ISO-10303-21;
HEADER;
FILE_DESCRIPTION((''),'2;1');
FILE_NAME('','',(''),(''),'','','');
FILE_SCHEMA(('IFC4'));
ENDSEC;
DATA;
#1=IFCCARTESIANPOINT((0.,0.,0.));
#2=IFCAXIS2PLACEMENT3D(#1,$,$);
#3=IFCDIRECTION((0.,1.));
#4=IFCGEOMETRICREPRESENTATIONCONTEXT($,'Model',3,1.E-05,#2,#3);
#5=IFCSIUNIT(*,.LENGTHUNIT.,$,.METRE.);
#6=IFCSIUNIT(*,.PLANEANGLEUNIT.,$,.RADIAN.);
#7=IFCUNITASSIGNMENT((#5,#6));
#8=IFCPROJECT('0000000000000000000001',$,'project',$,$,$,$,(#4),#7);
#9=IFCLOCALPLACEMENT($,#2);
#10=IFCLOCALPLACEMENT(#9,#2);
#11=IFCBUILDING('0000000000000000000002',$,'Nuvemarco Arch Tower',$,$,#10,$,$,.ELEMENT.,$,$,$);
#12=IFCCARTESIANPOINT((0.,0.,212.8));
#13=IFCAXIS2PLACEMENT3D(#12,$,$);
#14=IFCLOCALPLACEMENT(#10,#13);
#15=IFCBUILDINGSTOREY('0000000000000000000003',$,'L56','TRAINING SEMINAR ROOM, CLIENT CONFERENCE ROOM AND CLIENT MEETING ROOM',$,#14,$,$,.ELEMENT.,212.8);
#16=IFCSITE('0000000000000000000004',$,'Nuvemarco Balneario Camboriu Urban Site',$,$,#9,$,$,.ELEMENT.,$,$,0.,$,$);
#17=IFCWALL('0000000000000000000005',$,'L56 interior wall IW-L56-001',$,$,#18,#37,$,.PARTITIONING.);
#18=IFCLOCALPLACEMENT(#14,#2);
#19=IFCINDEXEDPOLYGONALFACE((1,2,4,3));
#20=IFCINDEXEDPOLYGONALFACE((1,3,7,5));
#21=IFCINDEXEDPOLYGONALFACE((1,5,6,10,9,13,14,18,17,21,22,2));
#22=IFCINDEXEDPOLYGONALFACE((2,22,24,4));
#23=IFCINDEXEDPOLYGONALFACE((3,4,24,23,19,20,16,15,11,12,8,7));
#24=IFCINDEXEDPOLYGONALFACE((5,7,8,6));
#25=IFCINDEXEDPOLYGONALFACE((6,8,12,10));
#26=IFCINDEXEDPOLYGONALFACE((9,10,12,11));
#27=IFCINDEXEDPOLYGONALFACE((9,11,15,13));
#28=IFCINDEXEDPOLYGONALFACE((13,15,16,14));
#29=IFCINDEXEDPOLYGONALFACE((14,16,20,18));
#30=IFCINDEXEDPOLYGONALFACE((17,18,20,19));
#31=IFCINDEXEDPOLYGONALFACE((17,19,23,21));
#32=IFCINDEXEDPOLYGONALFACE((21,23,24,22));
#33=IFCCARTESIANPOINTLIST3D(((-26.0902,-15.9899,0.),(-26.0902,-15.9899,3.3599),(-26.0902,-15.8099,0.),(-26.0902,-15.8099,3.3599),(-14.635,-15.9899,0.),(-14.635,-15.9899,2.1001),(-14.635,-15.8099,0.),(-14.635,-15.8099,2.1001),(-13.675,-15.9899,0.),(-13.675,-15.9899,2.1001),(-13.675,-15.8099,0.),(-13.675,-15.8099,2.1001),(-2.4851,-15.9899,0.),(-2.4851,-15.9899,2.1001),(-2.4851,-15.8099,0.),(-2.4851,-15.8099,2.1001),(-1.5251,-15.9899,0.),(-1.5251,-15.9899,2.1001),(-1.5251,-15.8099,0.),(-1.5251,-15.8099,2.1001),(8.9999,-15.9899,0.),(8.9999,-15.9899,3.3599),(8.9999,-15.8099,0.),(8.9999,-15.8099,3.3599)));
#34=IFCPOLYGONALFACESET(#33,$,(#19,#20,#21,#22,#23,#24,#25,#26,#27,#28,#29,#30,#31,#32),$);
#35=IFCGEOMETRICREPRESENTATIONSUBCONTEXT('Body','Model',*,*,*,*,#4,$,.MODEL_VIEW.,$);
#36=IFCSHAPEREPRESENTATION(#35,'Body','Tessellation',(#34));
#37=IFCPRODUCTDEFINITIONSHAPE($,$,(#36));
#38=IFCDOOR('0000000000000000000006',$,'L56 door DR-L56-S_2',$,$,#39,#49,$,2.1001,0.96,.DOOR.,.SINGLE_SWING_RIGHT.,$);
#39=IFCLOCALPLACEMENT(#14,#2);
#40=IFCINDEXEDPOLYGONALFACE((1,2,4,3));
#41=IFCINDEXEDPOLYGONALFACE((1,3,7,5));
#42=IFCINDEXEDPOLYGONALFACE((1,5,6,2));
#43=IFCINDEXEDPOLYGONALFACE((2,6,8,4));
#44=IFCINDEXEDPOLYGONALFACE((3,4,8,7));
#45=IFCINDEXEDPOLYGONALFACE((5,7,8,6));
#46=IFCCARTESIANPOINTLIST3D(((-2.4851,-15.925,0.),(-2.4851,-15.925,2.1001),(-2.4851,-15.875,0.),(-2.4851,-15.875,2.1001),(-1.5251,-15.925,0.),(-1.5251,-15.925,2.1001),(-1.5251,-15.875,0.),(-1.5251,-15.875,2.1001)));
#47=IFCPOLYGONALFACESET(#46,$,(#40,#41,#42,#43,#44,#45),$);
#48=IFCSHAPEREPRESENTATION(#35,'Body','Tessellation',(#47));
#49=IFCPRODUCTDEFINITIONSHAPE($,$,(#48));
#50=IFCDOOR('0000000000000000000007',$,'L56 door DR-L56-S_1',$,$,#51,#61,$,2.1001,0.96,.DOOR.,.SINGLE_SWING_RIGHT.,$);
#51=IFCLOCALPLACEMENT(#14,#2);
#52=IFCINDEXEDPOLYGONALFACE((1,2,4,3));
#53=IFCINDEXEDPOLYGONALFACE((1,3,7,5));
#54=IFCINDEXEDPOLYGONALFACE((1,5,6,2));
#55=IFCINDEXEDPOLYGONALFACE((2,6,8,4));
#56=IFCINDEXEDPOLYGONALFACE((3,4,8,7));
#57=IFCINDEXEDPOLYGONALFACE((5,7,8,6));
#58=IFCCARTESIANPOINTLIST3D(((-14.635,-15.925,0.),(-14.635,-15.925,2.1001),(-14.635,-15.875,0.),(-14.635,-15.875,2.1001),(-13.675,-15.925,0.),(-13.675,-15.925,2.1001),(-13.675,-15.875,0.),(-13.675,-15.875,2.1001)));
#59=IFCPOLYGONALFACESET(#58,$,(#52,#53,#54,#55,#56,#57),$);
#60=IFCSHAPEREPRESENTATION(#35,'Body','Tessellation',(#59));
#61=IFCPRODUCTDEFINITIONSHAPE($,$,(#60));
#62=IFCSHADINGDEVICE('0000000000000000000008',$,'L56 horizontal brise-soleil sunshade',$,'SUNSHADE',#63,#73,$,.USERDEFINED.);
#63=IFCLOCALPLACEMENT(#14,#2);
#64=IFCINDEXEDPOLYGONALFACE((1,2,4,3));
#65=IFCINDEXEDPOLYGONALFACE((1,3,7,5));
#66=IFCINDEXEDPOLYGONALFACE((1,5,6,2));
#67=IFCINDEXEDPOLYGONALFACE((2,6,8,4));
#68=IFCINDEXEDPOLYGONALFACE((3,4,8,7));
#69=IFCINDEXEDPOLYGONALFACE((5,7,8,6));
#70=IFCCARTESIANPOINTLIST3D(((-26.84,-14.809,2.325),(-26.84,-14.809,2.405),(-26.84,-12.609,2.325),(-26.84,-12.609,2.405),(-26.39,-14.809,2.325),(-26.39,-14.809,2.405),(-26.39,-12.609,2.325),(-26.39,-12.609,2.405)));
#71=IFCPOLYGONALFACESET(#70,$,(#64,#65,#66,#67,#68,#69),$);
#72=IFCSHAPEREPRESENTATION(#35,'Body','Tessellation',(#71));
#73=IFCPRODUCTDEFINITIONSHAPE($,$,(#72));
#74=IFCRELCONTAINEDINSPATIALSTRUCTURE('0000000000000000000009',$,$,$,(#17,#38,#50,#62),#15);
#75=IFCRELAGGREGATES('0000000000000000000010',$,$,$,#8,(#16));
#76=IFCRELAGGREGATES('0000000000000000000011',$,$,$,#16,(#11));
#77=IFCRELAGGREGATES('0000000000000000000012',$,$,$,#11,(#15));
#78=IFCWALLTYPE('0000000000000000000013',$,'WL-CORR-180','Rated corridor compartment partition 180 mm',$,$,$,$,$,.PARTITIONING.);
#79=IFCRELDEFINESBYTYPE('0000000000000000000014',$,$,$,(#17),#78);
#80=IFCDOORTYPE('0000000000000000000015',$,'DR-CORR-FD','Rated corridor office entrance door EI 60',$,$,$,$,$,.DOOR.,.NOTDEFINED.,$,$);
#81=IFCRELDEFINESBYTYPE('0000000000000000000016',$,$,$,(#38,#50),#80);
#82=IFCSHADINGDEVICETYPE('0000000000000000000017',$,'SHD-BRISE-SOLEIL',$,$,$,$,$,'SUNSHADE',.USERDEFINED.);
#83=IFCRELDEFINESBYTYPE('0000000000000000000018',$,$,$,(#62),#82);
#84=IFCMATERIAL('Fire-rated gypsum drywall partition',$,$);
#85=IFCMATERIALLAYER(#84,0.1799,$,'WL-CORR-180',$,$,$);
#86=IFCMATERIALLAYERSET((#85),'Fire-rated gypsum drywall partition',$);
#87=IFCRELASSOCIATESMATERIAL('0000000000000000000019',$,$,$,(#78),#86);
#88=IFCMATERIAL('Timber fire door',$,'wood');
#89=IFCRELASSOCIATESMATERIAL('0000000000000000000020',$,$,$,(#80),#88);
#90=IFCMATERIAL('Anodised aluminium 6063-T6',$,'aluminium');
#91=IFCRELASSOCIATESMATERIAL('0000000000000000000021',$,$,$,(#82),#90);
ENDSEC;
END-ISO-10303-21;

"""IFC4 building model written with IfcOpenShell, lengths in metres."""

from ifc_helpers import new_model, si_unit, direction, frame, frame_2d, origin, origin_2d, place, context, subcontext, project, spatial, rectangle, extrude, source, transform, mapped, material, layer, layer_set, type_object, type_shapes, element, fill, save


model = new_model("IFC4")

# Units and contexts
model_context = context("Model", 3, precision=1e-05, world=origin(), true_north=direction((0.0, 1.0)))
body_context = subcontext(model_context, "Body", "Model", "MODEL_VIEW")
ifc_project = project(units=[si_unit("LENGTHUNIT", "METRE"), si_unit("PLANEANGLEUNIT", "RADIAN")], contexts=[model_context])

# Site, building, storey
site_placement = place(None, origin())
site = spatial("IfcSite", under=ifc_project, at=site_placement, Name="Nuvemarco Balneario Camboriu Urban Site", CompositionType="ELEMENT", RefElevation=0.0)
building_placement = place(site_placement, origin())
building = spatial("IfcBuilding", under=site, at=building_placement, Name="Nuvemarco Arch Tower", CompositionType="ELEMENT")
storey_placement = place(building_placement, frame((0.0, 0.0, 212.8)))
storey = spatial("IfcBuildingStorey", under=building, at=storey_placement, Name="L56", Description="TRAINING SEMINAR ROOM, CLIENT CONFERENCE ROOM AND CLIENT MEETING ROOM", CompositionType="ELEMENT", Elevation=212.8)

# Wall, openings, doors
ifc_material_1 = material(Name="Fire-rated gypsum drywall partition")
ifc_layer_1 = layer(ifc_material_1, 0.1799, Name="WL-CORR-180")
ifc_layer_set_1 = layer_set([ifc_layer_1], Name="Fire-rated gypsum drywall partition")
wall_type_1 = type_object("IfcWallType", Name="WL-CORR-180", Description="Rated corridor compartment partition 180 mm", PredefinedType="PARTITIONING", material=ifc_layer_set_1)
wall_1_placement = place(storey_placement, frame((-26.0901, -15.8999, 0.0), z_axis=(0.0, 0.0, 1.0), x_axis=(1.0, 0.0, 0.0)))
wall_1 = element("IfcWall", 1, at=wall_1_placement, inside=storey, type_object=wall_type_1, Name="L56 interior wall IW-L56-001", PredefinedType="PARTITIONING", context=body_context, shape_type="SweptSolid", body=[
    extrude(rectangle(XDim=35.0901, YDim=0.1799, at=frame_2d((17.5449, 0.0))), origin(), (0.0, 0.0, 1.0), 3.3599),
])
opening_1_placement = place(wall_1_placement, frame((23.605, 0.0, 0.0)))
opening_1 = element("IfcOpeningElement", 2, at=opening_1_placement, cuts=wall_1, PredefinedType="OPENING", context=body_context, shape_type="SweptSolid", body=[
    extrude(rectangle(XDim=0.96, YDim=2.1001, at=frame_2d((0.48, 1.05))), frame((0.0, 0.0999, 0.0), z_axis=(0.0, -1.0, 0.0), x_axis=(1.0, 0.0, 0.0)), (0.0, 0.0, 1.0), 0.2),
])
opening_2_placement = place(wall_1_placement, frame((11.4551, 0.0, 0.0)))
opening_2 = element("IfcOpeningElement", 3, at=opening_2_placement, cuts=wall_1, PredefinedType="OPENING", context=body_context, shape_type="SweptSolid", body=[
    extrude(rectangle(XDim=0.96, YDim=2.1001, at=frame_2d((0.48, 1.05))), frame((0.0, 0.0999, 0.0), z_axis=(0.0, -1.0, 0.0), x_axis=(1.0, 0.0, 0.0)), (0.0, 0.0, 1.0), 0.2),
])
ifc_material_2 = material(Name="Timber fire door", Category="wood")
door_type = type_object("IfcDoorType", Name="DR-CORR-FD", Description="Rated corridor office entrance door EI 60", OperationType="NOTDEFINED", PredefinedType="DOOR", material=ifc_material_2)
shared_shape_1 = source(origin(), body_context, "Body", "SweptSolid", [
    extrude(rectangle(XDim=0.96, YDim=2.1001, at=frame_2d((0.48, 1.05))), frame((0.0, 0.0249, 0.0), z_axis=(0.0, -1.0, 0.0), x_axis=(1.0, 0.0, 0.0)), (0.0, 0.0, 1.0), 0.05),
])
type_shapes(door_type, [shared_shape_1])
door_1_placement = place(opening_1_placement, origin())
door_1 = element("IfcDoor", 4, at=door_1_placement, inside=storey, type_object=door_type, Name="L56 door DR-L56-S_2", OperationType="SINGLE_SWING_RIGHT", OverallHeight=2.1001, OverallWidth=0.96, PredefinedType="DOOR", context=body_context, shape_type="MappedRepresentation", body=[
    mapped(shared_shape_1, transform((0.0, 0.0, 0.0), scale=1.0)),
])
fill(opening_1, door_1)
door_2_placement = place(opening_2_placement, origin())
door_2 = element("IfcDoor", 5, at=door_2_placement, inside=storey, type_object=door_type, Name="L56 door DR-L56-S_1", OperationType="SINGLE_SWING_RIGHT", OverallHeight=2.1001, OverallWidth=0.96, PredefinedType="DOOR", context=body_context, shape_type="MappedRepresentation", body=[
    mapped(shared_shape_1, transform((0.0, 0.0, 0.0), scale=1.0)),
])
fill(opening_2, door_2)

# Shading device
ifc_material_3 = material(Name="Anodised aluminium 6063-T6", Category="aluminium")
shading_device_type = type_object("IfcShadingDeviceType", Name="SHD-BRISE-SOLEIL", ElementType="SUNSHADE", PredefinedType="USERDEFINED", material=ifc_material_3)
shared_shape_2 = source(origin(), body_context, "Body", "SweptSolid", [
    extrude(rectangle(XDim=2.2, YDim=0.45, at=origin_2d()), origin(), (0.0, 0.0, 1.0), 0.0801),
])
type_shapes(shading_device_type, [shared_shape_2])
shading_device_placement = place(storey_placement, frame((-26.615, -13.709, 2.325), z_axis=(0.0, 0.0, 1.0), x_axis=(0.0, 1.0, 0.0)))
element("IfcShadingDevice", 6, at=shading_device_placement, inside=storey, type_object=shading_device_type, Name="L56 horizontal brise-soleil sunshade", ObjectType="SUNSHADE", PredefinedType="USERDEFINED", context=body_context, shape_type="MappedRepresentation", body=[
    mapped(shared_shape_2, transform((0.0, 0.0, 0.0), scale=1.0)),
])

save(model, "model.ifc")
